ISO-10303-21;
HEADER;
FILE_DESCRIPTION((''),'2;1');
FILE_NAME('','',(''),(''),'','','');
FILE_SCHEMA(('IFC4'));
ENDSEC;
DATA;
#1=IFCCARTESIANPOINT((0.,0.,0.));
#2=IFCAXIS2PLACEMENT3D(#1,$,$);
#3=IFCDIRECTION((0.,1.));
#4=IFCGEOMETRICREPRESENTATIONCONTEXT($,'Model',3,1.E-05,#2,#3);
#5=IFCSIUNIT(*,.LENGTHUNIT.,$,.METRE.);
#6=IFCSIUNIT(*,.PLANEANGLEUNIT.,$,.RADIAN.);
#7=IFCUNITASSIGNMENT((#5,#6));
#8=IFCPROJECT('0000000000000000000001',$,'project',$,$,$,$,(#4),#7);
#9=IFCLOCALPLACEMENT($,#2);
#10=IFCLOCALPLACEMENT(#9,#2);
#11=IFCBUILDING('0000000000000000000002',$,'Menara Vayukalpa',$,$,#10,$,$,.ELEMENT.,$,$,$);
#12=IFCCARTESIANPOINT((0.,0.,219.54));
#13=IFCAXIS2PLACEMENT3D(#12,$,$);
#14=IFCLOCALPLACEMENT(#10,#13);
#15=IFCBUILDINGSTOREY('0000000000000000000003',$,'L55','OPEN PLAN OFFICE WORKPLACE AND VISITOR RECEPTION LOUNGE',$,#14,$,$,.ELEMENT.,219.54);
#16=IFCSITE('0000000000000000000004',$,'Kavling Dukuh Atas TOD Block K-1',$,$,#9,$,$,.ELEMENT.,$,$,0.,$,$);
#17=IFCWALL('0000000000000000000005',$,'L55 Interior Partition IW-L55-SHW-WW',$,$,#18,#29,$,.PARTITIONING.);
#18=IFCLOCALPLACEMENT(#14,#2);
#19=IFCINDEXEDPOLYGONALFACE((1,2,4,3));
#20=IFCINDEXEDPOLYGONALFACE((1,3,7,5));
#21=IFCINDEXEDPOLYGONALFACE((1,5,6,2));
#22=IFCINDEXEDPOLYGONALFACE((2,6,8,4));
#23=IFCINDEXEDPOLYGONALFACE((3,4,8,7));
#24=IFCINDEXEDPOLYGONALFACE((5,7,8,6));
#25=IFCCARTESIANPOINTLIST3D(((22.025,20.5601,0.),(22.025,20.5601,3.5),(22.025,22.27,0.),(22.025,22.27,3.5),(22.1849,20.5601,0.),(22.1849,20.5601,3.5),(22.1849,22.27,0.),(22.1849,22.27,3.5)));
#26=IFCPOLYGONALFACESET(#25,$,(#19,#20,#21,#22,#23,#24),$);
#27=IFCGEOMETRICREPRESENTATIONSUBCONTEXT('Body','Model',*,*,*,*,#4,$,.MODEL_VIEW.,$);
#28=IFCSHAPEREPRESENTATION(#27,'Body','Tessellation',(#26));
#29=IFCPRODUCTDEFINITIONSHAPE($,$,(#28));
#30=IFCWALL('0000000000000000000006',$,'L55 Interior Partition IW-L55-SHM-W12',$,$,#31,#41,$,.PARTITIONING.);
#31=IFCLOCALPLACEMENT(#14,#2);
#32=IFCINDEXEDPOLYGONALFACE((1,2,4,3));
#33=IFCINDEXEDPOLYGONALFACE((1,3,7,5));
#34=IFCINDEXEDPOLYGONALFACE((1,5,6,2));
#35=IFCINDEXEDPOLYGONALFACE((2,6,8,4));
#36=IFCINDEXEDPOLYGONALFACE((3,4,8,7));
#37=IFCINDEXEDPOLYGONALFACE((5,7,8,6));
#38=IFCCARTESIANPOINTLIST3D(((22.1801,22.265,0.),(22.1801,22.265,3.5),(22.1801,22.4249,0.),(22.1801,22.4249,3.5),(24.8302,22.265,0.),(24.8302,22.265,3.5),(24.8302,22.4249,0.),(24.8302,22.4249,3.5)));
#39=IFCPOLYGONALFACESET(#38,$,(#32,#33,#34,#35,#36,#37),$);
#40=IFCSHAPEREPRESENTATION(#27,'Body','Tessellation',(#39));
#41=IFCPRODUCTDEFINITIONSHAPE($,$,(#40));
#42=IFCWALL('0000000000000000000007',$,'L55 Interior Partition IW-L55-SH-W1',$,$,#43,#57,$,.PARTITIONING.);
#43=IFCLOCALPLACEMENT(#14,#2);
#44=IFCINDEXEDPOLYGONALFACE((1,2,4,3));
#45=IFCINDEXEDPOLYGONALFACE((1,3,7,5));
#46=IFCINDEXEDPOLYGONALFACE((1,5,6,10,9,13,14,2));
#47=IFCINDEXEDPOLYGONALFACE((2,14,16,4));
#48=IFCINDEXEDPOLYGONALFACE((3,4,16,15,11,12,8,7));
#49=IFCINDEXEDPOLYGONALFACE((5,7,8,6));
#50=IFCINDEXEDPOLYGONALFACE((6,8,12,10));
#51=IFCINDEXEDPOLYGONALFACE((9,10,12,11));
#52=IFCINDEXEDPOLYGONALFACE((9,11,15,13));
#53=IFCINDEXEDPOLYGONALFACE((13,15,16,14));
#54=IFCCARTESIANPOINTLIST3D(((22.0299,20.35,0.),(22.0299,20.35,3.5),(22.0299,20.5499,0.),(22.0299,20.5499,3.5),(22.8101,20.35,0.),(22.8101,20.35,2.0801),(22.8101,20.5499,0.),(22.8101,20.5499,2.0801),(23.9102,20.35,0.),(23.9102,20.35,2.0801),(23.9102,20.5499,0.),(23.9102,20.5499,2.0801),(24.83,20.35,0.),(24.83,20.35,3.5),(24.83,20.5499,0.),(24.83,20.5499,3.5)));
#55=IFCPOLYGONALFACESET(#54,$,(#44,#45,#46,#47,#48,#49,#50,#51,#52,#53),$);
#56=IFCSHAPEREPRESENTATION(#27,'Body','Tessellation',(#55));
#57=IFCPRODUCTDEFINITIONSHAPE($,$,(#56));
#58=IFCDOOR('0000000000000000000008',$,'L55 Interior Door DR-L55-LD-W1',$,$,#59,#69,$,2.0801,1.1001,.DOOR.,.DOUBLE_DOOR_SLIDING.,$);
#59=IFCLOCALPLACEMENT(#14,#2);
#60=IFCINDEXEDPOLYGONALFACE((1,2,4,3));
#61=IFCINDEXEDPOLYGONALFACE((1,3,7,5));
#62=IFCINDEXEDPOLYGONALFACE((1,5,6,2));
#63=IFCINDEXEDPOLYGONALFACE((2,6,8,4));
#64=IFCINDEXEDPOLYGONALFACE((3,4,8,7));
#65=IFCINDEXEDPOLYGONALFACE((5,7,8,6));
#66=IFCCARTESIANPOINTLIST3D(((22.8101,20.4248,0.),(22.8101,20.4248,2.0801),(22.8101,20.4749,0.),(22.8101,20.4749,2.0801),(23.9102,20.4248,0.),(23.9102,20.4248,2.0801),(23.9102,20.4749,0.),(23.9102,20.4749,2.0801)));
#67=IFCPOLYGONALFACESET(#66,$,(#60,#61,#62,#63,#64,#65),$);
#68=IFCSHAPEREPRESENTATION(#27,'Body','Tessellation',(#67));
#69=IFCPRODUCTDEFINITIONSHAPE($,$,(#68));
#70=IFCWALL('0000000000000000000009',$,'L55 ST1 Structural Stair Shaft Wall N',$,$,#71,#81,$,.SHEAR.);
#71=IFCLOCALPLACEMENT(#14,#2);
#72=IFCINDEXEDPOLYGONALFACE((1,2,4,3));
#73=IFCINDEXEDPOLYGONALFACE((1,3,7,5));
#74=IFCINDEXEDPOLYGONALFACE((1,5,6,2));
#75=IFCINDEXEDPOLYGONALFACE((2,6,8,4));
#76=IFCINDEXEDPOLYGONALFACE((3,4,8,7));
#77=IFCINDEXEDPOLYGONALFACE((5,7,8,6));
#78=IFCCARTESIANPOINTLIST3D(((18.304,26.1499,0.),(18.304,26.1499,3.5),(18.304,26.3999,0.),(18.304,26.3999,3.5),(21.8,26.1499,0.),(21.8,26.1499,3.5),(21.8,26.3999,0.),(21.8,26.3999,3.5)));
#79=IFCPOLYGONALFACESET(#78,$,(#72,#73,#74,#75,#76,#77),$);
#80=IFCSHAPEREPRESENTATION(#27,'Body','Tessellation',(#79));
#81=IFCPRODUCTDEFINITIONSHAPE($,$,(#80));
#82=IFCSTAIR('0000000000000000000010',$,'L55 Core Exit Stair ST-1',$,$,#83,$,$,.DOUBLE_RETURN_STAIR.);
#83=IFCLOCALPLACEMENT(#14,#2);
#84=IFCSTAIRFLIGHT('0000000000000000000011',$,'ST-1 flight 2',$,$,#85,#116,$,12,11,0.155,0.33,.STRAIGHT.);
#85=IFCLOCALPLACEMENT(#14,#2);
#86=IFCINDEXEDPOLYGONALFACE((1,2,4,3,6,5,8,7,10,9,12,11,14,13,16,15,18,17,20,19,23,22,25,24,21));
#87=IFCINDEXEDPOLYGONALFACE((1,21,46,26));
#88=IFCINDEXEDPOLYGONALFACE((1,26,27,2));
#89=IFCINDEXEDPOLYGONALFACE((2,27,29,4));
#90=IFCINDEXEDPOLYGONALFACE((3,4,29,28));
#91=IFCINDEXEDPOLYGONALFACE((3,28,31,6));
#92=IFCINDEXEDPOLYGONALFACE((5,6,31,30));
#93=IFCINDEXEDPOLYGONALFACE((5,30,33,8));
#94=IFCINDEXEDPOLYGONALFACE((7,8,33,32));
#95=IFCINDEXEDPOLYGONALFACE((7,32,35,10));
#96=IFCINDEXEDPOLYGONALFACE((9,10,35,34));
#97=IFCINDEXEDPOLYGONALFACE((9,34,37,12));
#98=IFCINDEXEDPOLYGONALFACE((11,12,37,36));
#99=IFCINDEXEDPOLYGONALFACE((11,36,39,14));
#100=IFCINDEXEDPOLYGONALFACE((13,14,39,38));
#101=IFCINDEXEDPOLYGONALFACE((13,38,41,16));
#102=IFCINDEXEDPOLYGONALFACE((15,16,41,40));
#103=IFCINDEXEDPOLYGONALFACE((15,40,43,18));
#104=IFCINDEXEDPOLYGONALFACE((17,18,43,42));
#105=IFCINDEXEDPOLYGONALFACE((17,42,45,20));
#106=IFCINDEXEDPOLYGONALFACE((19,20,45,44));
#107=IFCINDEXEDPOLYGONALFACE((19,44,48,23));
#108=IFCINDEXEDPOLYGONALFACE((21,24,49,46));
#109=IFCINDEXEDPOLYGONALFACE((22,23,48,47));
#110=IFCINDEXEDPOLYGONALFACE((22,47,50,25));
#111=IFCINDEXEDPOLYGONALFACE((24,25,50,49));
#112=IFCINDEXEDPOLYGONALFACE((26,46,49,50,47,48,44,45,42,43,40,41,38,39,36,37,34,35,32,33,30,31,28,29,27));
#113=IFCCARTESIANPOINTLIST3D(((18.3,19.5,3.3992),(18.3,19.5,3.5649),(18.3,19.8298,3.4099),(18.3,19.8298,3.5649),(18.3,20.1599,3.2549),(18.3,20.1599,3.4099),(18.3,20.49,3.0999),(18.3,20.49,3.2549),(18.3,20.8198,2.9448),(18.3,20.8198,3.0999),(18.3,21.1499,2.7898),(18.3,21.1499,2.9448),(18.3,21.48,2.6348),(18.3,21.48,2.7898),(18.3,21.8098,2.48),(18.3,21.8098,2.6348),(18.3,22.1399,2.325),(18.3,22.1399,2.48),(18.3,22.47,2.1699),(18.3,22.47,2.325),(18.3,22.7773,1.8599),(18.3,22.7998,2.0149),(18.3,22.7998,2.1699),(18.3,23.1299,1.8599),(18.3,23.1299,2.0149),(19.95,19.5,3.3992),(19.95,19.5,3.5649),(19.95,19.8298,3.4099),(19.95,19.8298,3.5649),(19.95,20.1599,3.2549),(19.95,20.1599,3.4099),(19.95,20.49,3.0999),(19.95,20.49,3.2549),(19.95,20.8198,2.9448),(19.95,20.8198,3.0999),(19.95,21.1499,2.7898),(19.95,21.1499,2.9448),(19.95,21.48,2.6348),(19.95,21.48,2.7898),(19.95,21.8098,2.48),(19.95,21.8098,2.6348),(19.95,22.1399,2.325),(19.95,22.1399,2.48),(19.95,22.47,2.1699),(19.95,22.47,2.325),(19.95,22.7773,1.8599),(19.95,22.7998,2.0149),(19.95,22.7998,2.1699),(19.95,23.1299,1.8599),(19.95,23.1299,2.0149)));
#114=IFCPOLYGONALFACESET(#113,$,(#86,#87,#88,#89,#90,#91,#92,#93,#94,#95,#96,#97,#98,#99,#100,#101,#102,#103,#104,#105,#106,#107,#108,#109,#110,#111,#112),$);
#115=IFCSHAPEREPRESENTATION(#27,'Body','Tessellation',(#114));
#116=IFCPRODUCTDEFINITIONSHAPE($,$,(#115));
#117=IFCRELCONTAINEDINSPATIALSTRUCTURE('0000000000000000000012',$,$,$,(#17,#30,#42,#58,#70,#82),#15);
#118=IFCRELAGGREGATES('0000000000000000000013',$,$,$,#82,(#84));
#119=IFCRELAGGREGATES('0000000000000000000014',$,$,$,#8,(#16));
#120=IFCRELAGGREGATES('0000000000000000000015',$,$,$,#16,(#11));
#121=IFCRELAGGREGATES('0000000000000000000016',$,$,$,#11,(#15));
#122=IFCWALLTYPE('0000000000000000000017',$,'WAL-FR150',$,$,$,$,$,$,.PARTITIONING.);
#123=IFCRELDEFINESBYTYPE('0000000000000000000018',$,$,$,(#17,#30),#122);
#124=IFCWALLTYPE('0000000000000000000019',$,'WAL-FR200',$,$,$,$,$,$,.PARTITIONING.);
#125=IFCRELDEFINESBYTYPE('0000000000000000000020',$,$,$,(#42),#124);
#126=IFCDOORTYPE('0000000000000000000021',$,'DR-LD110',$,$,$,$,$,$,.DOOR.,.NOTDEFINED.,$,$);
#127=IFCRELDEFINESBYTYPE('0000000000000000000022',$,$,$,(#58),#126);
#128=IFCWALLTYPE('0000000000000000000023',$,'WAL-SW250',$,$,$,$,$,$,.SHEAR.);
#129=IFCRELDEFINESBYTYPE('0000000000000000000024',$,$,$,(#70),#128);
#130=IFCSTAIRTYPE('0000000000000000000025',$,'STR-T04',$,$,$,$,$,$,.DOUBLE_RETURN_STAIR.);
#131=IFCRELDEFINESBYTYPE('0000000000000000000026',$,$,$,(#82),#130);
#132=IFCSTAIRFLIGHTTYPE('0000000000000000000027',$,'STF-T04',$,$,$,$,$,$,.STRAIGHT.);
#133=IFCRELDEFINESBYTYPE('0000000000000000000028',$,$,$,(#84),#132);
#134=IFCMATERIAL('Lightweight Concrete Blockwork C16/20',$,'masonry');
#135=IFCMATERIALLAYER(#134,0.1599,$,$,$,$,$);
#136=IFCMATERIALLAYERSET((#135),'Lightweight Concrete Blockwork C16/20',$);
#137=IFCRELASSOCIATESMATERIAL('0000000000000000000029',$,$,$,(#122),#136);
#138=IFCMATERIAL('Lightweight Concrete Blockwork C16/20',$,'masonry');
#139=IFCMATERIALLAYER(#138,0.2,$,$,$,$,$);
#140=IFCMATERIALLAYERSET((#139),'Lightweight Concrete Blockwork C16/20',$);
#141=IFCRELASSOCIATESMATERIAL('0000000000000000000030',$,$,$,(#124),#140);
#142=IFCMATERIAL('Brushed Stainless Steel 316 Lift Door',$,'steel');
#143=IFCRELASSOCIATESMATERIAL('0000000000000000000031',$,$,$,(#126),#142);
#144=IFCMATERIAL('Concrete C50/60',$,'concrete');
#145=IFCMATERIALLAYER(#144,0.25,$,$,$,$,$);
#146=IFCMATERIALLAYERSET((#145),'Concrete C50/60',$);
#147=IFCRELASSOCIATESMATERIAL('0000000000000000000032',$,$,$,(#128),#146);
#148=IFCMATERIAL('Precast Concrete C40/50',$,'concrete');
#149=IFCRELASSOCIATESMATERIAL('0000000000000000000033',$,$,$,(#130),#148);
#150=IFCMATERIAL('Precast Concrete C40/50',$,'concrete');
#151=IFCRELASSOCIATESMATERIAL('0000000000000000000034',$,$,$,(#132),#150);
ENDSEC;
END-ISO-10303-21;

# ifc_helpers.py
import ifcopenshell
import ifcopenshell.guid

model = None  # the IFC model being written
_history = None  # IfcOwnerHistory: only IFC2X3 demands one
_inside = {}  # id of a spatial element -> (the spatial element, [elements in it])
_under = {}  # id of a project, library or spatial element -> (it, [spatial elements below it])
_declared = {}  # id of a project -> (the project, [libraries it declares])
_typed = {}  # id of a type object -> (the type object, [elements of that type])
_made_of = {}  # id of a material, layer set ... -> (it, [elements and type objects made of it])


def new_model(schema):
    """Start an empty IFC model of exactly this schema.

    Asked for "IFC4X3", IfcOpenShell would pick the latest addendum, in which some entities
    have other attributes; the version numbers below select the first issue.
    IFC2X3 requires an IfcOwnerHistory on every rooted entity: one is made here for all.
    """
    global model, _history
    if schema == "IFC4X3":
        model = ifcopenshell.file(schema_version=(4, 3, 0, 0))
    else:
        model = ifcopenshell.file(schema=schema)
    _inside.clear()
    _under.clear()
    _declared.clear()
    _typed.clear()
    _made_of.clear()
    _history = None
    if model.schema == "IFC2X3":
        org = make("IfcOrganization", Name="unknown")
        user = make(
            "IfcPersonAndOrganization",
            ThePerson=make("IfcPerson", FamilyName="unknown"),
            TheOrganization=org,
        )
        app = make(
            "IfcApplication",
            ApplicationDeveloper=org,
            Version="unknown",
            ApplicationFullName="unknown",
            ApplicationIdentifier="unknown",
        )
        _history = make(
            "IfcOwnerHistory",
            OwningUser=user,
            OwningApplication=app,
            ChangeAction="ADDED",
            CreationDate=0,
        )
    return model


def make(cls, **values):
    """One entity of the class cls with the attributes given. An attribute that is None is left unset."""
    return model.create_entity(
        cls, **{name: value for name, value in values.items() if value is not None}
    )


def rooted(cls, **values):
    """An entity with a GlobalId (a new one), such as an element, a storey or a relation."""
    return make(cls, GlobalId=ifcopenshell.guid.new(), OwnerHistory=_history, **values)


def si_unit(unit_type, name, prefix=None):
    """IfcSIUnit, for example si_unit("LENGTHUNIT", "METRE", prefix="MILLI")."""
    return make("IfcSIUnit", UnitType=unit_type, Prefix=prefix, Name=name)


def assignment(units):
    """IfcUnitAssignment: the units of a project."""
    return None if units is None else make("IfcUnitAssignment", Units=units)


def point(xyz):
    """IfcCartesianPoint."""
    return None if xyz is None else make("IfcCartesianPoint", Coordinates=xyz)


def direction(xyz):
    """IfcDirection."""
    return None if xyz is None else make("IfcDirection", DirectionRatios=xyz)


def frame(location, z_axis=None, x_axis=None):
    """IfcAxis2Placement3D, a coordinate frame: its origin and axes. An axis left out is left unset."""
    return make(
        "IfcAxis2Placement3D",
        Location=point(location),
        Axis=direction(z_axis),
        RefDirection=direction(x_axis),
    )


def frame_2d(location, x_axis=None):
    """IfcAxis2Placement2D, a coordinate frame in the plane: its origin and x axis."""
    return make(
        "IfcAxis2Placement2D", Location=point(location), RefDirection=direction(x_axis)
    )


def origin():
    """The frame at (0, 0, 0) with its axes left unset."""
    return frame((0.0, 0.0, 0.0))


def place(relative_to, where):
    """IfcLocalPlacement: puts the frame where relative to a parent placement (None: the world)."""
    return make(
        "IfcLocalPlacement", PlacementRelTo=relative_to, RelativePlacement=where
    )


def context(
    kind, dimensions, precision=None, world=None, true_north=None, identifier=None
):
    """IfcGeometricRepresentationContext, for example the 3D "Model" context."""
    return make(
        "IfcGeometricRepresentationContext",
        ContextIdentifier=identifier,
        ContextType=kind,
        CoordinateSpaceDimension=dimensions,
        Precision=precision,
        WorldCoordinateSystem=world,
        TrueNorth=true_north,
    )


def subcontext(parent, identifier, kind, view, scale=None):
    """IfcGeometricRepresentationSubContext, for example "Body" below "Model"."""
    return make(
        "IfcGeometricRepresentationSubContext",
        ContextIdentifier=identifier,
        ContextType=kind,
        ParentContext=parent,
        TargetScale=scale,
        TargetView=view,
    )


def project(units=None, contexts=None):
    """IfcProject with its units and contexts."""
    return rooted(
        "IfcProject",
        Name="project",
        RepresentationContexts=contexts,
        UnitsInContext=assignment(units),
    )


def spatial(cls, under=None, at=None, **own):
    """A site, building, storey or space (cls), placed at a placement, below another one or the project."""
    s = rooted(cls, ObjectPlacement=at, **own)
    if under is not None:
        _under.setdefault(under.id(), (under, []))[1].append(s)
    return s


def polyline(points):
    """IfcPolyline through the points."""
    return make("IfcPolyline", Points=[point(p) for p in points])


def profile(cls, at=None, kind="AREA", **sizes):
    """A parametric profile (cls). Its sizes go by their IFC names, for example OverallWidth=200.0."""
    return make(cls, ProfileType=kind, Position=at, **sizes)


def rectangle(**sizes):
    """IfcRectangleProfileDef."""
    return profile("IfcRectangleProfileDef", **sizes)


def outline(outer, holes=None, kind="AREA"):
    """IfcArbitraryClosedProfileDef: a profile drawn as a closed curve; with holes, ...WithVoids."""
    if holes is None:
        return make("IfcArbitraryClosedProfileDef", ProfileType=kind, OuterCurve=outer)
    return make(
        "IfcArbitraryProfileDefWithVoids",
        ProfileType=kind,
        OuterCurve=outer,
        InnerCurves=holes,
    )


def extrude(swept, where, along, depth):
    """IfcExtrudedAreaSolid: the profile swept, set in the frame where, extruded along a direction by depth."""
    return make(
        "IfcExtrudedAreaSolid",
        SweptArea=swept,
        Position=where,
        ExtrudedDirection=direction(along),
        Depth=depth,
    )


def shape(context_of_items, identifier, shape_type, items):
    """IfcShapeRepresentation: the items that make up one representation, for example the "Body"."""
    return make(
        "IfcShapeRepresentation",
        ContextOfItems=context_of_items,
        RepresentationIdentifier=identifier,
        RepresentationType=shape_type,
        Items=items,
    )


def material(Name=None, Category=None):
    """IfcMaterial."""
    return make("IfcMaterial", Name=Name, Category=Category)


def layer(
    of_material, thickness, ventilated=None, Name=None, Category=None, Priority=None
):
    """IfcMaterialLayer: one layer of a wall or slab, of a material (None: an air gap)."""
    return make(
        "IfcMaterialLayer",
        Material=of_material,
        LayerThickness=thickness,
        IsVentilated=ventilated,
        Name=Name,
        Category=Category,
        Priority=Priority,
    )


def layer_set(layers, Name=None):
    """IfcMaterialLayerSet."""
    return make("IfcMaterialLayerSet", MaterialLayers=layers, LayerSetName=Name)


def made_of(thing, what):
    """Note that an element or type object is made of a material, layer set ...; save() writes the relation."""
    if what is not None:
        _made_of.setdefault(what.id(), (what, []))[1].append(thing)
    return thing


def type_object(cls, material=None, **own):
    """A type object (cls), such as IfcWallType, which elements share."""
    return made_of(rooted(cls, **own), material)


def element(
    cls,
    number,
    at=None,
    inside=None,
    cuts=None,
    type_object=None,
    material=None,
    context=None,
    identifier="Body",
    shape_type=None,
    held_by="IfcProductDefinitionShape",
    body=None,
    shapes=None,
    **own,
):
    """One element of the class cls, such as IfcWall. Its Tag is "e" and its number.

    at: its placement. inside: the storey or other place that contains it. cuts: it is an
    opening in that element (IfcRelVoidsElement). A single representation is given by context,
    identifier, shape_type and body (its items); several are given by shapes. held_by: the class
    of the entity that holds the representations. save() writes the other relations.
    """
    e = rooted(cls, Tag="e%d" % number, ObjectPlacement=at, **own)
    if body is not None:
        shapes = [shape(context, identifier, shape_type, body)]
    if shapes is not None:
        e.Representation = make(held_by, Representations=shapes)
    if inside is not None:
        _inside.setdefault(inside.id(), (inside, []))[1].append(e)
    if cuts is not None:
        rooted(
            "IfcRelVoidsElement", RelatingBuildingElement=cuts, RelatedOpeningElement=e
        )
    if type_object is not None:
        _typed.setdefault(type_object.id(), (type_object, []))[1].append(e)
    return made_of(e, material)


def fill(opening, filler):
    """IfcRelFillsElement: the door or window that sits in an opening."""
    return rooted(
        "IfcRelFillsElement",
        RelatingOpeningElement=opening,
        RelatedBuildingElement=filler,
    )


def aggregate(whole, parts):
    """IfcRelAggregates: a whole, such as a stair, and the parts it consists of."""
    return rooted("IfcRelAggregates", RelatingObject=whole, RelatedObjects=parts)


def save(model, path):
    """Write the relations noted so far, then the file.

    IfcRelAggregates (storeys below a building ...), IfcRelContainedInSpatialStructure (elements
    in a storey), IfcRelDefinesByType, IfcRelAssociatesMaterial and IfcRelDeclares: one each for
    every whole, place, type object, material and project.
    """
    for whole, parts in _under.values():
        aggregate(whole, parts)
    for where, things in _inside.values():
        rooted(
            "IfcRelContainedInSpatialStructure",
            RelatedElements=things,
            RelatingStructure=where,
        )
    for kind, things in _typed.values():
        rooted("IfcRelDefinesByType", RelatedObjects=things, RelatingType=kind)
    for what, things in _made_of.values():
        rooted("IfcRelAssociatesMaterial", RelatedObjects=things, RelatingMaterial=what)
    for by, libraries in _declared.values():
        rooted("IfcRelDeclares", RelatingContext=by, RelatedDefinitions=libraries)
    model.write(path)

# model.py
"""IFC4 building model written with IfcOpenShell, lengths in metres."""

from ifc_helpers import new_model, si_unit, direction, frame, frame_2d, origin, place, context, subcontext, project, spatial, polyline, rectangle, outline, extrude, material, layer, layer_set, type_object, element, fill, aggregate, save


model = new_model("IFC4")

# Units and contexts
model_context = context("Model", 3, precision=1e-05, world=origin(), true_north=direction((0.0, 1.0)))
body_context = subcontext(model_context, "Body", "Model", "MODEL_VIEW")
ifc_project = project(units=[si_unit("LENGTHUNIT", "METRE"), si_unit("PLANEANGLEUNIT", "RADIAN")], contexts=[model_context])

# Site, building, storey
site_placement = place(None, origin())
site = spatial("IfcSite", under=ifc_project, at=site_placement, Name="Kavling Dukuh Atas TOD Block K-1", CompositionType="ELEMENT", RefElevation=0.0)
building_placement = place(site_placement, origin())
building = spatial("IfcBuilding", under=site, at=building_placement, Name="Menara Vayukalpa", CompositionType="ELEMENT")
storey_placement = place(building_placement, frame((0.0, 0.0, 219.54)))
storey = spatial("IfcBuildingStorey", under=building, at=storey_placement, Name="L55", Description="OPEN PLAN OFFICE WORKPLACE AND VISITOR RECEPTION LOUNGE", CompositionType="ELEMENT", Elevation=219.54)

# Walls
ifc_material_1 = material(Name="Lightweight Concrete Blockwork C16/20", Category="masonry")
ifc_layer_1 = layer(ifc_material_1, 0.1599)
ifc_layer_set_1 = layer_set([ifc_layer_1], Name="Lightweight Concrete Blockwork C16/20")
wall_type_1 = type_object("IfcWallType", Name="WAL-FR150", PredefinedType="PARTITIONING", material=ifc_layer_set_1)
wall_1_placement = place(storey_placement, frame((22.105, 20.5601, 0.0), z_axis=(0.0, 0.0, 1.0), x_axis=(0.0, 1.0, 0.0)))
element("IfcWall", 1, at=wall_1_placement, inside=storey, type_object=wall_type_1, Name="L55 Interior Partition IW-L55-SHW-WW", PredefinedType="PARTITIONING", context=body_context, shape_type="SweptSolid", body=[
    extrude(rectangle(XDim=1.71, YDim=0.1599, at=frame_2d((0.855, 0.0))), origin(), (0.0, 0.0, 1.0), 3.5),
])
wall_2_placement = place(storey_placement, frame((22.1799, 22.345, 0.0), z_axis=(0.0, 0.0, 1.0), x_axis=(1.0, 0.0, 0.0)))
element("IfcWall", 2, at=wall_2_placement, inside=storey, type_object=wall_type_1, Name="L55 Interior Partition IW-L55-SHM-W12", PredefinedType="PARTITIONING", context=body_context, shape_type="SweptSolid", body=[
    extrude(rectangle(XDim=2.6501, YDim=0.1599, at=frame_2d((1.3252, 0.0))), origin(), (0.0, 0.0, 1.0), 3.5),
])

# Wall, opening, door
ifc_material_2 = material(Name="Lightweight Concrete Blockwork C16/20", Category="masonry")
ifc_layer_2 = layer(ifc_material_2, 0.2)
ifc_layer_set_2 = layer_set([ifc_layer_2], Name="Lightweight Concrete Blockwork C16/20")
wall_type_2 = type_object("IfcWallType", Name="WAL-FR200", PredefinedType="PARTITIONING", material=ifc_layer_set_2)
wall_3_placement = place(storey_placement, frame((22.03, 20.45, 0.0), z_axis=(0.0, 0.0, 1.0), x_axis=(1.0, 0.0, 0.0)))
wall_3 = element("IfcWall", 3, at=wall_3_placement, inside=storey, type_object=wall_type_2, Name="L55 Interior Partition IW-L55-SH-W1", PredefinedType="PARTITIONING", context=body_context, shape_type="SweptSolid", body=[
    extrude(rectangle(XDim=2.8, YDim=0.2, at=frame_2d((1.3999, 0.0))), origin(), (0.0, 0.0, 1.0), 3.5),
])
opening_placement = place(wall_3_placement, frame((0.78, 0.0, 0.0)))
opening = element("IfcOpeningElement", 4, at=opening_placement, cuts=wall_3, PredefinedType="OPENING", context=body_context, shape_type="SweptSolid", body=[
    extrude(rectangle(XDim=1.1001, YDim=2.0801, at=frame_2d((0.55, 1.04))), frame((0.0, 0.1099, 0.0), z_axis=(0.0, -1.0, 0.0), x_axis=(1.0, 0.0, 0.0)), (0.0, 0.0, 1.0), 0.22),
])
ifc_material_3 = material(Name="Brushed Stainless Steel 316 Lift Door", Category="steel")
door_type = type_object("IfcDoorType", Name="DR-LD110", OperationType="NOTDEFINED", PredefinedType="DOOR", material=ifc_material_3)
door_placement = place(opening_placement, origin())
door = element("IfcDoor", 5, at=door_placement, inside=storey, type_object=door_type, Name="L55 Interior Door DR-L55-LD-W1", OperationType="DOUBLE_DOOR_SLIDING", OverallHeight=2.0801, OverallWidth=1.1001, PredefinedType="DOOR", context=body_context, shape_type="SweptSolid", body=[
    extrude(rectangle(XDim=1.1001, YDim=2.0801, at=frame_2d((0.55, 1.04))), frame((0.0, 0.0249, 0.0), z_axis=(0.0, -1.0, 0.0), x_axis=(1.0, 0.0, 0.0)), (0.0, 0.0, 1.0), 0.05),
])
fill(opening, door)

# Wall
ifc_material_4 = material(Name="Concrete C50/60", Category="concrete")
ifc_layer_3 = layer(ifc_material_4, 0.25)
ifc_layer_set_3 = layer_set([ifc_layer_3], Name="Concrete C50/60")
wall_type_3 = type_object("IfcWallType", Name="WAL-SW250", PredefinedType="SHEAR", material=ifc_layer_set_3)
wall_4_placement = place(storey_placement, frame((18.304, 26.2749, 0.0), z_axis=(0.0, 0.0, 1.0), x_axis=(1.0, 0.0, 0.0)))
element("IfcWall", 6, at=wall_4_placement, inside=storey, type_object=wall_type_3, Name="L55 ST1 Structural Stair Shaft Wall N", PredefinedType="SHEAR", context=body_context, shape_type="SweptSolid", body=[
    extrude(rectangle(XDim=3.4961, YDim=0.25, at=frame_2d((1.748, 0.0))), origin(), (0.0, 0.0, 1.0), 3.5),
])

# Stair, stair flight
ifc_material_5 = material(Name="Precast Concrete C40/50", Category="concrete")
stair_type = type_object("IfcStairType", Name="STR-T04", PredefinedType="DOUBLE_RETURN_STAIR", material=ifc_material_5)
stair_placement = place(storey_placement, origin())
stair = element("IfcStair", 7, at=stair_placement, inside=storey, type_object=stair_type, Name="L55 Core Exit Stair ST-1", PredefinedType="DOUBLE_RETURN_STAIR")
ifc_material_6 = material(Name="Precast Concrete C40/50", Category="concrete")
stair_flight_type = type_object("IfcStairFlightType", Name="STF-T04", PredefinedType="STRAIGHT", material=ifc_material_6)
stair_flight_placement = place(storey_placement, frame((19.125, 23.1299, 1.8599), z_axis=(0.0, 0.0, 1.0), x_axis=(0.0, -1.0, 0.0)))
stair_flight = element("IfcStairFlight", 8, at=stair_flight_placement, type_object=stair_flight_type, Name="ST-1 flight 2", NumberOfRisers=12, NumberOfTreads=11, PredefinedType="STRAIGHT", RiserHeight=0.155, TreadLength=0.33, context=body_context, shape_type="SweptSolid", body=[
    extrude(outline(polyline([(0.0, 0.0), (0.0, 0.155), (0.3301, 0.155), (0.3301, 0.3101), (0.6599, 0.3101), (0.6599, 0.4651), (0.99, 0.4651), (0.99, 0.6201), (1.3201, 0.6201), (1.3201, 0.7749), (1.6499, 0.7749), (1.6499, 0.9299), (1.98, 0.9299), (1.98, 1.085), (2.3101, 1.085), (2.3101, 1.24), (2.6399, 1.24), (2.6399, 1.395), (2.97, 1.395), (2.97, 1.55), (3.3, 1.55), (3.3, 1.7051), (3.6299, 1.7051), (3.6299, 1.8601), (3.6299, 1.5393), (0.3525, 0.0), (0.0, 0.0)])), frame((0.0, 0.825, 0.0), z_axis=(0.0, -1.0, 0.0), x_axis=(1.0, 0.0, 0.0)), (0.0, 0.0, 1.0), 1.6499),
])
aggregate(stair, [stair_flight])

save(model, "model.ifc")
